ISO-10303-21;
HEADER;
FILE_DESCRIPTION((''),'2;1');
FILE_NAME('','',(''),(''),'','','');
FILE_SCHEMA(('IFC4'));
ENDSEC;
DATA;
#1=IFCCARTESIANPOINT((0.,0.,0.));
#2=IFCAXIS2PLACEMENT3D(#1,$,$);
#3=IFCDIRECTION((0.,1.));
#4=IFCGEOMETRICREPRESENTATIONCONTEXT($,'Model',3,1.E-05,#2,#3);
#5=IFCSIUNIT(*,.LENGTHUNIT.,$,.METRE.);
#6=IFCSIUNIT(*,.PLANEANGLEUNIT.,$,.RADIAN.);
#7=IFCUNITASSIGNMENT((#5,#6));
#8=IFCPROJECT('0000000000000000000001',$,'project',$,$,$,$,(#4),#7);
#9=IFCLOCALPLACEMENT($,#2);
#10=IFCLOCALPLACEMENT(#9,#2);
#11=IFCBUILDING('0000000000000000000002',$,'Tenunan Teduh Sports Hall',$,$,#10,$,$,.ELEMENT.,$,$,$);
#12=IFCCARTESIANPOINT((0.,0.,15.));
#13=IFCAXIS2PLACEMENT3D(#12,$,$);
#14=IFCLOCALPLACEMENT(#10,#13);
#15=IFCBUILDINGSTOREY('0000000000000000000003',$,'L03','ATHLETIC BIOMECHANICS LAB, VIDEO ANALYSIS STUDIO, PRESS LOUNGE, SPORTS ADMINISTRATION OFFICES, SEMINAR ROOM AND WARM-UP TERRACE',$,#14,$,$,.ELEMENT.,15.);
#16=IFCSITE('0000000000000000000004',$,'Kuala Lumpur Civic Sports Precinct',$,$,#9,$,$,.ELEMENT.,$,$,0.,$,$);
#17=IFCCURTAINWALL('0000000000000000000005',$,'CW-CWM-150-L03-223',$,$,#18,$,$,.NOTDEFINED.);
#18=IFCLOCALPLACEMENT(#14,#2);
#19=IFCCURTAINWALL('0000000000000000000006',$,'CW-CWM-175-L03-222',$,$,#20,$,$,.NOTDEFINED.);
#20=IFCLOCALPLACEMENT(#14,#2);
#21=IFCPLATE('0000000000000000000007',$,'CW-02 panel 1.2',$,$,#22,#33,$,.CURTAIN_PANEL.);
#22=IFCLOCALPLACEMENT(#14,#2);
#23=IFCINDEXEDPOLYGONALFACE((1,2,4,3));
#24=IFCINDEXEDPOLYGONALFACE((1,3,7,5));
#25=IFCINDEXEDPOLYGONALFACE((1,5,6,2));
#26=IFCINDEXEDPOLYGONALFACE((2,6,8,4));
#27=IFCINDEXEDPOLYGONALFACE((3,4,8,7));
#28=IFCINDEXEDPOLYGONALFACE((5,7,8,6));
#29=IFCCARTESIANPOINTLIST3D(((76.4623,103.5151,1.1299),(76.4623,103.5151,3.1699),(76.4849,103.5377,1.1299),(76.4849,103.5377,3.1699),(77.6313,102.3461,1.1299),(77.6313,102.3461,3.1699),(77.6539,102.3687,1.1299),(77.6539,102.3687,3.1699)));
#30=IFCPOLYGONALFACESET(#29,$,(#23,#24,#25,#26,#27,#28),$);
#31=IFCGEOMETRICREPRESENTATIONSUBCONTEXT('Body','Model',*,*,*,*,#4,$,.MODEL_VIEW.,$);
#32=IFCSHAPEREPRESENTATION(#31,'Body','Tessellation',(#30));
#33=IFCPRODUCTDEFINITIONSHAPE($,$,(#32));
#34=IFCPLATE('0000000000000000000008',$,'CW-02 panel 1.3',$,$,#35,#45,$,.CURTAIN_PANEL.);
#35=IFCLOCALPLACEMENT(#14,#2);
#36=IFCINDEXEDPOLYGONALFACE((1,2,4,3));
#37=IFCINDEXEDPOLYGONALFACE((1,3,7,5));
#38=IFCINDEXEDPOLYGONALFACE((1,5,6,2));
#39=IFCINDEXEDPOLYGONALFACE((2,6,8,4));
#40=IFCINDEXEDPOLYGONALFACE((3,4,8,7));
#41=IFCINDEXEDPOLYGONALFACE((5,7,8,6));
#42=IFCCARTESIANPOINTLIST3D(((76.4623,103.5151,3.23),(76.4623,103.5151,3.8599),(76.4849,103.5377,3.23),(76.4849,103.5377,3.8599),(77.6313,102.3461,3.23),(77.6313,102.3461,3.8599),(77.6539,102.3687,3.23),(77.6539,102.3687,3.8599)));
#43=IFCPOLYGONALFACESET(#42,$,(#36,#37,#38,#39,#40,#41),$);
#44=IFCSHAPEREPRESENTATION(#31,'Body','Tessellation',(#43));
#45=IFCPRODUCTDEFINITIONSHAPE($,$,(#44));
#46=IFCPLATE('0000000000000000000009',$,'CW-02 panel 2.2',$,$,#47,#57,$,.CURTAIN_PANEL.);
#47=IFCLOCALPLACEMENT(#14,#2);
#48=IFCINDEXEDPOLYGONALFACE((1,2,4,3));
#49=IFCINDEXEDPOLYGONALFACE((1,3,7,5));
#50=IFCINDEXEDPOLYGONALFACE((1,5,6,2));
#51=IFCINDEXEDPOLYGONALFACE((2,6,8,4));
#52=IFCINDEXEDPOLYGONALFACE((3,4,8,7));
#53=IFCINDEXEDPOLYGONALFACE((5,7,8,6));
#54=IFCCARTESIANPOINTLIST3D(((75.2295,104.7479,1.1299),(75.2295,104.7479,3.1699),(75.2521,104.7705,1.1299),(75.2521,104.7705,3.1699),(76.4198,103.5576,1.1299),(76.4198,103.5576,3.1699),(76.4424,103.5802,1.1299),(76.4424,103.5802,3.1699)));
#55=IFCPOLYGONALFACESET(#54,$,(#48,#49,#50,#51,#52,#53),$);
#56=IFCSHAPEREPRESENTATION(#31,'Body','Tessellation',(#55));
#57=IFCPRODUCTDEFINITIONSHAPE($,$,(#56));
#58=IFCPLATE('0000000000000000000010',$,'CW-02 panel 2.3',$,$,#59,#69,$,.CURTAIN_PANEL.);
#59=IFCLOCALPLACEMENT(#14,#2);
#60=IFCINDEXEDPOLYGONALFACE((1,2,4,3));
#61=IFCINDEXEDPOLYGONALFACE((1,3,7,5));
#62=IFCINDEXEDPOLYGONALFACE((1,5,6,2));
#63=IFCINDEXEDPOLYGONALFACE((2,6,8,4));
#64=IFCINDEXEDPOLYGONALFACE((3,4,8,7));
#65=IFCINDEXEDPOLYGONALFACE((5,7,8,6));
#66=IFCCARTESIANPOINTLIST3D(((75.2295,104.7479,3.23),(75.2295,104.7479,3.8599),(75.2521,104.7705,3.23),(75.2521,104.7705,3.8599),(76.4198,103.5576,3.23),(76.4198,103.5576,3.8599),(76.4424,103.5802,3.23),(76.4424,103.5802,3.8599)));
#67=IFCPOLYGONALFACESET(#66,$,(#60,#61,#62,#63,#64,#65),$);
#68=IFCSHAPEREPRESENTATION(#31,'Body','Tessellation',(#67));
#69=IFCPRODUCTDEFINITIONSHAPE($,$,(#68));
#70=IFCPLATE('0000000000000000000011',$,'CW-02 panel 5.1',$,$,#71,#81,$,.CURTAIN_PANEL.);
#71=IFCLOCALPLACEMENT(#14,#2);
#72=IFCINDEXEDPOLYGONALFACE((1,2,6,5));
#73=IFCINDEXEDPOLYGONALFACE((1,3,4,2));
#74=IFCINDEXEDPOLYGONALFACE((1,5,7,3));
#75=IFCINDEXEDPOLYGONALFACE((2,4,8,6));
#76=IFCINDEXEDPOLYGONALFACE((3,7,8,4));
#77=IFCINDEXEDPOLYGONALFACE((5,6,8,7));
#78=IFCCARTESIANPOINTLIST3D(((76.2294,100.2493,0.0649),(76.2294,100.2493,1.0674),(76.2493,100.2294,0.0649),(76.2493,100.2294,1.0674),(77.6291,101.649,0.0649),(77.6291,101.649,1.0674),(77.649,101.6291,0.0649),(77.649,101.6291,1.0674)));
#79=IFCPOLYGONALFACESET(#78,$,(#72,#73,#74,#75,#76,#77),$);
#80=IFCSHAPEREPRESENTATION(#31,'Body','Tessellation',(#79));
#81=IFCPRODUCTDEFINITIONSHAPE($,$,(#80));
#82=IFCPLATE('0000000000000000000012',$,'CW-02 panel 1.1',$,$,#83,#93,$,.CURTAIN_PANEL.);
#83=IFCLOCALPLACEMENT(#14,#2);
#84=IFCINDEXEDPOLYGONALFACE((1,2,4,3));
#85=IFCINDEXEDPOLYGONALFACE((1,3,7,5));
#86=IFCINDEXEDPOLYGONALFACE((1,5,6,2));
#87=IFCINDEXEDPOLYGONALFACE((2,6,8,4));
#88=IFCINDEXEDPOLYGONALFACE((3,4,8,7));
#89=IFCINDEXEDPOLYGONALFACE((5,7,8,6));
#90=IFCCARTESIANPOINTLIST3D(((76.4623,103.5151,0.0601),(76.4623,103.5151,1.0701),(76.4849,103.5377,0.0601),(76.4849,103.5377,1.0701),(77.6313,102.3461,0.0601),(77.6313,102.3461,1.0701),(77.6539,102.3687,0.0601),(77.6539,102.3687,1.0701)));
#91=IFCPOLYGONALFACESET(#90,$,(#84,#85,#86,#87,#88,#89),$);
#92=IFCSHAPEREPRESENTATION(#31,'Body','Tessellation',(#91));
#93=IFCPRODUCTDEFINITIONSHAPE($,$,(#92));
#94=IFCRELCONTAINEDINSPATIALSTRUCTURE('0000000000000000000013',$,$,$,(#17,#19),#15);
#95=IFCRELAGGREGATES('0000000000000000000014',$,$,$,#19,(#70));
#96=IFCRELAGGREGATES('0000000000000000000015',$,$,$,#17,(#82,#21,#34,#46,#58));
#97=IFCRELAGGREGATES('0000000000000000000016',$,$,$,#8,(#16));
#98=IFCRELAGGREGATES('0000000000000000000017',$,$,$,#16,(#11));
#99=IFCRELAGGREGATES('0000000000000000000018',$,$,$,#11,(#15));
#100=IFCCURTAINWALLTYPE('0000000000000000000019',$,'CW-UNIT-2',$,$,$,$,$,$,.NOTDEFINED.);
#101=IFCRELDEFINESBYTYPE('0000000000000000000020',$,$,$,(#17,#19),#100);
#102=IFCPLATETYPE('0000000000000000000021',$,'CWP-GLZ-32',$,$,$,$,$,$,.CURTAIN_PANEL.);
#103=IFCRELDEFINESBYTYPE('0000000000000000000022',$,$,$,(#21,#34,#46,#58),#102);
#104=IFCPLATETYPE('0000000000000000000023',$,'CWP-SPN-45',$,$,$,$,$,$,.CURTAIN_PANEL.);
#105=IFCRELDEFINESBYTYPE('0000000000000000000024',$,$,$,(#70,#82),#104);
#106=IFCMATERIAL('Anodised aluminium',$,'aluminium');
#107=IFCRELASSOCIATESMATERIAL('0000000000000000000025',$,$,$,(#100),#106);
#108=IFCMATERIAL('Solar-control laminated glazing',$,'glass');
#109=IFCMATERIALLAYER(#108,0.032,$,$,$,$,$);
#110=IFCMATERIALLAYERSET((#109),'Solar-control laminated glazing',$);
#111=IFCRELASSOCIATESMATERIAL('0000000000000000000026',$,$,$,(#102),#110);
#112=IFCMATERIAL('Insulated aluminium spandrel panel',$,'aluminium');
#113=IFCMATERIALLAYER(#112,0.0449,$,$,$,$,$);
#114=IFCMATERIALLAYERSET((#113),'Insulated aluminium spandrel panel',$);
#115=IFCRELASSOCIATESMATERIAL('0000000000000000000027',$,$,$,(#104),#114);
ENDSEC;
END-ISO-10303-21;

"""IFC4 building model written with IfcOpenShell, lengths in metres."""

from ifc_helpers import new_model, si_unit, direction, frame, origin, origin_2d, place, context, subcontext, project, spatial, rectangle, extrude, material, layer, layer_set, type_object, element, aggregate, save


model = new_model("IFC4")

# Units and contexts
model_context = context("Model", 3, precision=1e-05, world=origin(), true_north=direction((0.0, 1.0)))
body_context = subcontext(model_context, "Body", "Model", "MODEL_VIEW")
ifc_project = project(units=[si_unit("LENGTHUNIT", "METRE"), si_unit("PLANEANGLEUNIT", "RADIAN")], contexts=[model_context])

# Site, building, storey
site_placement = place(None, origin())
site = spatial("IfcSite", under=ifc_project, at=site_placement, Name="Kuala Lumpur Civic Sports Precinct", CompositionType="ELEMENT", RefElevation=0.0)
building_placement = place(site_placement, origin())
building = spatial("IfcBuilding", under=site, at=building_placement, Name="Tenunan Teduh Sports Hall", CompositionType="ELEMENT")
storey_placement = place(building_placement, frame((0.0, 0.0, 15.0)))
storey = spatial("IfcBuildingStorey", under=building, at=storey_placement, Name="L03", Description="ATHLETIC BIOMECHANICS LAB, VIDEO ANALYSIS STUDIO, PRESS LOUNGE, SPORTS ADMINISTRATION OFFICES, SEMINAR ROOM AND WARM-UP TERRACE", CompositionType="ELEMENT", Elevation=15.0)

# Curtain walls
ifc_material_1 = material(Name="Anodised aluminium", Category="aluminium")
curtain_wall_type = type_object("IfcCurtainWallType", Name="CW-UNIT-2", PredefinedType="NOTDEFINED", material=ifc_material_1)
curtain_wall_1_placement = place(storey_placement, origin())
curtain_wall_1 = element("IfcCurtainWall", 1, at=curtain_wall_1_placement, inside=storey, type_object=curtain_wall_type, Name="CW-CWM-150-L03-223", PredefinedType="NOTDEFINED")
curtain_wall_2_placement = place(storey_placement, origin())
curtain_wall_2 = element("IfcCurtainWall", 2, at=curtain_wall_2_placement, inside=storey, type_object=curtain_wall_type, Name="CW-CWM-175-L03-222", PredefinedType="NOTDEFINED")

# Plates
ifc_material_2 = material(Name="Solar-control laminated glazing", Category="glass")
ifc_layer_1 = layer(ifc_material_2, 0.032)
ifc_layer_set_1 = layer_set([ifc_layer_1], Name="Solar-control laminated glazing")
plate_type_1 = type_object("IfcPlateType", Name="CWP-GLZ-32", PredefinedType="CURTAIN_PANEL", material=ifc_layer_set_1)
plate_1_placement = place(storey_placement, frame((77.0581, 102.9419, 1.1299), z_axis=(0.0, 0.0, 1.0), x_axis=(-0.707107, 0.707107, 0.0)))
plate_1 = element("IfcPlate", 3, at=plate_1_placement, type_object=plate_type_1, Name="CW-02 panel 1.2", PredefinedType="CURTAIN_PANEL", context=body_context, shape_type="SweptSolid", body=[
    extrude(rectangle(XDim=1.6533, YDim=0.032, at=origin_2d()), origin(), (0.0, 0.0, 1.0), 2.04),
])
plate_2_placement = place(storey_placement, frame((77.0581, 102.9419, 3.23), z_axis=(0.0, 0.0, 1.0), x_axis=(-0.707107, 0.707107, 0.0)))
plate_2 = element("IfcPlate", 4, at=plate_2_placement, type_object=plate_type_1, Name="CW-02 panel 1.3", PredefinedType="CURTAIN_PANEL", context=body_context, shape_type="SweptSolid", body=[
    extrude(rectangle(XDim=1.6533, YDim=0.032, at=origin_2d()), origin(), (0.0, 0.0, 1.0), 0.6299),
])
plate_3_placement = place(storey_placement, frame((75.8359, 104.1641, 1.1299), z_axis=(0.0, 0.0, 1.0), x_axis=(-0.707107, 0.707107, 0.0)))
plate_3 = element("IfcPlate", 5, at=plate_3_placement, type_object=plate_type_1, Name="CW-02 panel 2.2", PredefinedType="CURTAIN_PANEL", context=body_context, shape_type="SweptSolid", body=[
    extrude(rectangle(XDim=1.6833, YDim=0.032, at=origin_2d()), origin(), (0.0, 0.0, 1.0), 2.04),
])
plate_4_placement = place(storey_placement, frame((75.8359, 104.1641, 3.23), z_axis=(0.0, 0.0, 1.0), x_axis=(-0.707107, 0.707107, 0.0)))
plate_4 = element("IfcPlate", 6, at=plate_4_placement, type_object=plate_type_1, Name="CW-02 panel 2.3", PredefinedType="CURTAIN_PANEL", context=body_context, shape_type="SweptSolid", body=[
    extrude(rectangle(XDim=1.6833, YDim=0.032, at=origin_2d()), origin(), (0.0, 0.0, 1.0), 0.6299),
])
ifc_material_3 = material(Name="Insulated aluminium spandrel panel", Category="aluminium")
ifc_layer_2 = layer(ifc_material_3, 0.0449)
ifc_layer_set_2 = layer_set([ifc_layer_2], Name="Insulated aluminium spandrel panel")
plate_type_2 = type_object("IfcPlateType", Name="CWP-SPN-45", PredefinedType="CURTAIN_PANEL", material=ifc_layer_set_2)
plate_5_placement = place(storey_placement, frame((76.9392, 100.9392, 0.0649), z_axis=(0.0, 0.0, 1.0), x_axis=(0.707107, 0.707107, 0.0)))
plate_5 = element("IfcPlate", 7, at=plate_5_placement, type_object=plate_type_2, Name="CW-02 panel 5.1", PredefinedType="CURTAIN_PANEL", context=body_context, shape_type="SweptSolid", body=[
    extrude(rectangle(XDim=1.9795, YDim=0.0281, at=origin_2d()), origin(), (0.0, 0.0, 1.0), 1.0024),
])
aggregate(curtain_wall_2, [plate_5])
plate_6_placement = place(storey_placement, frame((77.0581, 102.9419, 0.0601), z_axis=(0.0, 0.0, 1.0), x_axis=(-0.707107, 0.707107, 0.0)))
plate_6 = element("IfcPlate", 8, at=plate_6_placement, type_object=plate_type_2, Name="CW-02 panel 1.1", PredefinedType="CURTAIN_PANEL", context=body_context, shape_type="SweptSolid", body=[
    extrude(rectangle(XDim=1.6533, YDim=0.032, at=origin_2d()), origin(), (0.0, 0.0, 1.0), 1.01),
])
aggregate(curtain_wall_1, [plate_6, plate_1, plate_2, plate_3, plate_4])

save(model, "model.ifc")
